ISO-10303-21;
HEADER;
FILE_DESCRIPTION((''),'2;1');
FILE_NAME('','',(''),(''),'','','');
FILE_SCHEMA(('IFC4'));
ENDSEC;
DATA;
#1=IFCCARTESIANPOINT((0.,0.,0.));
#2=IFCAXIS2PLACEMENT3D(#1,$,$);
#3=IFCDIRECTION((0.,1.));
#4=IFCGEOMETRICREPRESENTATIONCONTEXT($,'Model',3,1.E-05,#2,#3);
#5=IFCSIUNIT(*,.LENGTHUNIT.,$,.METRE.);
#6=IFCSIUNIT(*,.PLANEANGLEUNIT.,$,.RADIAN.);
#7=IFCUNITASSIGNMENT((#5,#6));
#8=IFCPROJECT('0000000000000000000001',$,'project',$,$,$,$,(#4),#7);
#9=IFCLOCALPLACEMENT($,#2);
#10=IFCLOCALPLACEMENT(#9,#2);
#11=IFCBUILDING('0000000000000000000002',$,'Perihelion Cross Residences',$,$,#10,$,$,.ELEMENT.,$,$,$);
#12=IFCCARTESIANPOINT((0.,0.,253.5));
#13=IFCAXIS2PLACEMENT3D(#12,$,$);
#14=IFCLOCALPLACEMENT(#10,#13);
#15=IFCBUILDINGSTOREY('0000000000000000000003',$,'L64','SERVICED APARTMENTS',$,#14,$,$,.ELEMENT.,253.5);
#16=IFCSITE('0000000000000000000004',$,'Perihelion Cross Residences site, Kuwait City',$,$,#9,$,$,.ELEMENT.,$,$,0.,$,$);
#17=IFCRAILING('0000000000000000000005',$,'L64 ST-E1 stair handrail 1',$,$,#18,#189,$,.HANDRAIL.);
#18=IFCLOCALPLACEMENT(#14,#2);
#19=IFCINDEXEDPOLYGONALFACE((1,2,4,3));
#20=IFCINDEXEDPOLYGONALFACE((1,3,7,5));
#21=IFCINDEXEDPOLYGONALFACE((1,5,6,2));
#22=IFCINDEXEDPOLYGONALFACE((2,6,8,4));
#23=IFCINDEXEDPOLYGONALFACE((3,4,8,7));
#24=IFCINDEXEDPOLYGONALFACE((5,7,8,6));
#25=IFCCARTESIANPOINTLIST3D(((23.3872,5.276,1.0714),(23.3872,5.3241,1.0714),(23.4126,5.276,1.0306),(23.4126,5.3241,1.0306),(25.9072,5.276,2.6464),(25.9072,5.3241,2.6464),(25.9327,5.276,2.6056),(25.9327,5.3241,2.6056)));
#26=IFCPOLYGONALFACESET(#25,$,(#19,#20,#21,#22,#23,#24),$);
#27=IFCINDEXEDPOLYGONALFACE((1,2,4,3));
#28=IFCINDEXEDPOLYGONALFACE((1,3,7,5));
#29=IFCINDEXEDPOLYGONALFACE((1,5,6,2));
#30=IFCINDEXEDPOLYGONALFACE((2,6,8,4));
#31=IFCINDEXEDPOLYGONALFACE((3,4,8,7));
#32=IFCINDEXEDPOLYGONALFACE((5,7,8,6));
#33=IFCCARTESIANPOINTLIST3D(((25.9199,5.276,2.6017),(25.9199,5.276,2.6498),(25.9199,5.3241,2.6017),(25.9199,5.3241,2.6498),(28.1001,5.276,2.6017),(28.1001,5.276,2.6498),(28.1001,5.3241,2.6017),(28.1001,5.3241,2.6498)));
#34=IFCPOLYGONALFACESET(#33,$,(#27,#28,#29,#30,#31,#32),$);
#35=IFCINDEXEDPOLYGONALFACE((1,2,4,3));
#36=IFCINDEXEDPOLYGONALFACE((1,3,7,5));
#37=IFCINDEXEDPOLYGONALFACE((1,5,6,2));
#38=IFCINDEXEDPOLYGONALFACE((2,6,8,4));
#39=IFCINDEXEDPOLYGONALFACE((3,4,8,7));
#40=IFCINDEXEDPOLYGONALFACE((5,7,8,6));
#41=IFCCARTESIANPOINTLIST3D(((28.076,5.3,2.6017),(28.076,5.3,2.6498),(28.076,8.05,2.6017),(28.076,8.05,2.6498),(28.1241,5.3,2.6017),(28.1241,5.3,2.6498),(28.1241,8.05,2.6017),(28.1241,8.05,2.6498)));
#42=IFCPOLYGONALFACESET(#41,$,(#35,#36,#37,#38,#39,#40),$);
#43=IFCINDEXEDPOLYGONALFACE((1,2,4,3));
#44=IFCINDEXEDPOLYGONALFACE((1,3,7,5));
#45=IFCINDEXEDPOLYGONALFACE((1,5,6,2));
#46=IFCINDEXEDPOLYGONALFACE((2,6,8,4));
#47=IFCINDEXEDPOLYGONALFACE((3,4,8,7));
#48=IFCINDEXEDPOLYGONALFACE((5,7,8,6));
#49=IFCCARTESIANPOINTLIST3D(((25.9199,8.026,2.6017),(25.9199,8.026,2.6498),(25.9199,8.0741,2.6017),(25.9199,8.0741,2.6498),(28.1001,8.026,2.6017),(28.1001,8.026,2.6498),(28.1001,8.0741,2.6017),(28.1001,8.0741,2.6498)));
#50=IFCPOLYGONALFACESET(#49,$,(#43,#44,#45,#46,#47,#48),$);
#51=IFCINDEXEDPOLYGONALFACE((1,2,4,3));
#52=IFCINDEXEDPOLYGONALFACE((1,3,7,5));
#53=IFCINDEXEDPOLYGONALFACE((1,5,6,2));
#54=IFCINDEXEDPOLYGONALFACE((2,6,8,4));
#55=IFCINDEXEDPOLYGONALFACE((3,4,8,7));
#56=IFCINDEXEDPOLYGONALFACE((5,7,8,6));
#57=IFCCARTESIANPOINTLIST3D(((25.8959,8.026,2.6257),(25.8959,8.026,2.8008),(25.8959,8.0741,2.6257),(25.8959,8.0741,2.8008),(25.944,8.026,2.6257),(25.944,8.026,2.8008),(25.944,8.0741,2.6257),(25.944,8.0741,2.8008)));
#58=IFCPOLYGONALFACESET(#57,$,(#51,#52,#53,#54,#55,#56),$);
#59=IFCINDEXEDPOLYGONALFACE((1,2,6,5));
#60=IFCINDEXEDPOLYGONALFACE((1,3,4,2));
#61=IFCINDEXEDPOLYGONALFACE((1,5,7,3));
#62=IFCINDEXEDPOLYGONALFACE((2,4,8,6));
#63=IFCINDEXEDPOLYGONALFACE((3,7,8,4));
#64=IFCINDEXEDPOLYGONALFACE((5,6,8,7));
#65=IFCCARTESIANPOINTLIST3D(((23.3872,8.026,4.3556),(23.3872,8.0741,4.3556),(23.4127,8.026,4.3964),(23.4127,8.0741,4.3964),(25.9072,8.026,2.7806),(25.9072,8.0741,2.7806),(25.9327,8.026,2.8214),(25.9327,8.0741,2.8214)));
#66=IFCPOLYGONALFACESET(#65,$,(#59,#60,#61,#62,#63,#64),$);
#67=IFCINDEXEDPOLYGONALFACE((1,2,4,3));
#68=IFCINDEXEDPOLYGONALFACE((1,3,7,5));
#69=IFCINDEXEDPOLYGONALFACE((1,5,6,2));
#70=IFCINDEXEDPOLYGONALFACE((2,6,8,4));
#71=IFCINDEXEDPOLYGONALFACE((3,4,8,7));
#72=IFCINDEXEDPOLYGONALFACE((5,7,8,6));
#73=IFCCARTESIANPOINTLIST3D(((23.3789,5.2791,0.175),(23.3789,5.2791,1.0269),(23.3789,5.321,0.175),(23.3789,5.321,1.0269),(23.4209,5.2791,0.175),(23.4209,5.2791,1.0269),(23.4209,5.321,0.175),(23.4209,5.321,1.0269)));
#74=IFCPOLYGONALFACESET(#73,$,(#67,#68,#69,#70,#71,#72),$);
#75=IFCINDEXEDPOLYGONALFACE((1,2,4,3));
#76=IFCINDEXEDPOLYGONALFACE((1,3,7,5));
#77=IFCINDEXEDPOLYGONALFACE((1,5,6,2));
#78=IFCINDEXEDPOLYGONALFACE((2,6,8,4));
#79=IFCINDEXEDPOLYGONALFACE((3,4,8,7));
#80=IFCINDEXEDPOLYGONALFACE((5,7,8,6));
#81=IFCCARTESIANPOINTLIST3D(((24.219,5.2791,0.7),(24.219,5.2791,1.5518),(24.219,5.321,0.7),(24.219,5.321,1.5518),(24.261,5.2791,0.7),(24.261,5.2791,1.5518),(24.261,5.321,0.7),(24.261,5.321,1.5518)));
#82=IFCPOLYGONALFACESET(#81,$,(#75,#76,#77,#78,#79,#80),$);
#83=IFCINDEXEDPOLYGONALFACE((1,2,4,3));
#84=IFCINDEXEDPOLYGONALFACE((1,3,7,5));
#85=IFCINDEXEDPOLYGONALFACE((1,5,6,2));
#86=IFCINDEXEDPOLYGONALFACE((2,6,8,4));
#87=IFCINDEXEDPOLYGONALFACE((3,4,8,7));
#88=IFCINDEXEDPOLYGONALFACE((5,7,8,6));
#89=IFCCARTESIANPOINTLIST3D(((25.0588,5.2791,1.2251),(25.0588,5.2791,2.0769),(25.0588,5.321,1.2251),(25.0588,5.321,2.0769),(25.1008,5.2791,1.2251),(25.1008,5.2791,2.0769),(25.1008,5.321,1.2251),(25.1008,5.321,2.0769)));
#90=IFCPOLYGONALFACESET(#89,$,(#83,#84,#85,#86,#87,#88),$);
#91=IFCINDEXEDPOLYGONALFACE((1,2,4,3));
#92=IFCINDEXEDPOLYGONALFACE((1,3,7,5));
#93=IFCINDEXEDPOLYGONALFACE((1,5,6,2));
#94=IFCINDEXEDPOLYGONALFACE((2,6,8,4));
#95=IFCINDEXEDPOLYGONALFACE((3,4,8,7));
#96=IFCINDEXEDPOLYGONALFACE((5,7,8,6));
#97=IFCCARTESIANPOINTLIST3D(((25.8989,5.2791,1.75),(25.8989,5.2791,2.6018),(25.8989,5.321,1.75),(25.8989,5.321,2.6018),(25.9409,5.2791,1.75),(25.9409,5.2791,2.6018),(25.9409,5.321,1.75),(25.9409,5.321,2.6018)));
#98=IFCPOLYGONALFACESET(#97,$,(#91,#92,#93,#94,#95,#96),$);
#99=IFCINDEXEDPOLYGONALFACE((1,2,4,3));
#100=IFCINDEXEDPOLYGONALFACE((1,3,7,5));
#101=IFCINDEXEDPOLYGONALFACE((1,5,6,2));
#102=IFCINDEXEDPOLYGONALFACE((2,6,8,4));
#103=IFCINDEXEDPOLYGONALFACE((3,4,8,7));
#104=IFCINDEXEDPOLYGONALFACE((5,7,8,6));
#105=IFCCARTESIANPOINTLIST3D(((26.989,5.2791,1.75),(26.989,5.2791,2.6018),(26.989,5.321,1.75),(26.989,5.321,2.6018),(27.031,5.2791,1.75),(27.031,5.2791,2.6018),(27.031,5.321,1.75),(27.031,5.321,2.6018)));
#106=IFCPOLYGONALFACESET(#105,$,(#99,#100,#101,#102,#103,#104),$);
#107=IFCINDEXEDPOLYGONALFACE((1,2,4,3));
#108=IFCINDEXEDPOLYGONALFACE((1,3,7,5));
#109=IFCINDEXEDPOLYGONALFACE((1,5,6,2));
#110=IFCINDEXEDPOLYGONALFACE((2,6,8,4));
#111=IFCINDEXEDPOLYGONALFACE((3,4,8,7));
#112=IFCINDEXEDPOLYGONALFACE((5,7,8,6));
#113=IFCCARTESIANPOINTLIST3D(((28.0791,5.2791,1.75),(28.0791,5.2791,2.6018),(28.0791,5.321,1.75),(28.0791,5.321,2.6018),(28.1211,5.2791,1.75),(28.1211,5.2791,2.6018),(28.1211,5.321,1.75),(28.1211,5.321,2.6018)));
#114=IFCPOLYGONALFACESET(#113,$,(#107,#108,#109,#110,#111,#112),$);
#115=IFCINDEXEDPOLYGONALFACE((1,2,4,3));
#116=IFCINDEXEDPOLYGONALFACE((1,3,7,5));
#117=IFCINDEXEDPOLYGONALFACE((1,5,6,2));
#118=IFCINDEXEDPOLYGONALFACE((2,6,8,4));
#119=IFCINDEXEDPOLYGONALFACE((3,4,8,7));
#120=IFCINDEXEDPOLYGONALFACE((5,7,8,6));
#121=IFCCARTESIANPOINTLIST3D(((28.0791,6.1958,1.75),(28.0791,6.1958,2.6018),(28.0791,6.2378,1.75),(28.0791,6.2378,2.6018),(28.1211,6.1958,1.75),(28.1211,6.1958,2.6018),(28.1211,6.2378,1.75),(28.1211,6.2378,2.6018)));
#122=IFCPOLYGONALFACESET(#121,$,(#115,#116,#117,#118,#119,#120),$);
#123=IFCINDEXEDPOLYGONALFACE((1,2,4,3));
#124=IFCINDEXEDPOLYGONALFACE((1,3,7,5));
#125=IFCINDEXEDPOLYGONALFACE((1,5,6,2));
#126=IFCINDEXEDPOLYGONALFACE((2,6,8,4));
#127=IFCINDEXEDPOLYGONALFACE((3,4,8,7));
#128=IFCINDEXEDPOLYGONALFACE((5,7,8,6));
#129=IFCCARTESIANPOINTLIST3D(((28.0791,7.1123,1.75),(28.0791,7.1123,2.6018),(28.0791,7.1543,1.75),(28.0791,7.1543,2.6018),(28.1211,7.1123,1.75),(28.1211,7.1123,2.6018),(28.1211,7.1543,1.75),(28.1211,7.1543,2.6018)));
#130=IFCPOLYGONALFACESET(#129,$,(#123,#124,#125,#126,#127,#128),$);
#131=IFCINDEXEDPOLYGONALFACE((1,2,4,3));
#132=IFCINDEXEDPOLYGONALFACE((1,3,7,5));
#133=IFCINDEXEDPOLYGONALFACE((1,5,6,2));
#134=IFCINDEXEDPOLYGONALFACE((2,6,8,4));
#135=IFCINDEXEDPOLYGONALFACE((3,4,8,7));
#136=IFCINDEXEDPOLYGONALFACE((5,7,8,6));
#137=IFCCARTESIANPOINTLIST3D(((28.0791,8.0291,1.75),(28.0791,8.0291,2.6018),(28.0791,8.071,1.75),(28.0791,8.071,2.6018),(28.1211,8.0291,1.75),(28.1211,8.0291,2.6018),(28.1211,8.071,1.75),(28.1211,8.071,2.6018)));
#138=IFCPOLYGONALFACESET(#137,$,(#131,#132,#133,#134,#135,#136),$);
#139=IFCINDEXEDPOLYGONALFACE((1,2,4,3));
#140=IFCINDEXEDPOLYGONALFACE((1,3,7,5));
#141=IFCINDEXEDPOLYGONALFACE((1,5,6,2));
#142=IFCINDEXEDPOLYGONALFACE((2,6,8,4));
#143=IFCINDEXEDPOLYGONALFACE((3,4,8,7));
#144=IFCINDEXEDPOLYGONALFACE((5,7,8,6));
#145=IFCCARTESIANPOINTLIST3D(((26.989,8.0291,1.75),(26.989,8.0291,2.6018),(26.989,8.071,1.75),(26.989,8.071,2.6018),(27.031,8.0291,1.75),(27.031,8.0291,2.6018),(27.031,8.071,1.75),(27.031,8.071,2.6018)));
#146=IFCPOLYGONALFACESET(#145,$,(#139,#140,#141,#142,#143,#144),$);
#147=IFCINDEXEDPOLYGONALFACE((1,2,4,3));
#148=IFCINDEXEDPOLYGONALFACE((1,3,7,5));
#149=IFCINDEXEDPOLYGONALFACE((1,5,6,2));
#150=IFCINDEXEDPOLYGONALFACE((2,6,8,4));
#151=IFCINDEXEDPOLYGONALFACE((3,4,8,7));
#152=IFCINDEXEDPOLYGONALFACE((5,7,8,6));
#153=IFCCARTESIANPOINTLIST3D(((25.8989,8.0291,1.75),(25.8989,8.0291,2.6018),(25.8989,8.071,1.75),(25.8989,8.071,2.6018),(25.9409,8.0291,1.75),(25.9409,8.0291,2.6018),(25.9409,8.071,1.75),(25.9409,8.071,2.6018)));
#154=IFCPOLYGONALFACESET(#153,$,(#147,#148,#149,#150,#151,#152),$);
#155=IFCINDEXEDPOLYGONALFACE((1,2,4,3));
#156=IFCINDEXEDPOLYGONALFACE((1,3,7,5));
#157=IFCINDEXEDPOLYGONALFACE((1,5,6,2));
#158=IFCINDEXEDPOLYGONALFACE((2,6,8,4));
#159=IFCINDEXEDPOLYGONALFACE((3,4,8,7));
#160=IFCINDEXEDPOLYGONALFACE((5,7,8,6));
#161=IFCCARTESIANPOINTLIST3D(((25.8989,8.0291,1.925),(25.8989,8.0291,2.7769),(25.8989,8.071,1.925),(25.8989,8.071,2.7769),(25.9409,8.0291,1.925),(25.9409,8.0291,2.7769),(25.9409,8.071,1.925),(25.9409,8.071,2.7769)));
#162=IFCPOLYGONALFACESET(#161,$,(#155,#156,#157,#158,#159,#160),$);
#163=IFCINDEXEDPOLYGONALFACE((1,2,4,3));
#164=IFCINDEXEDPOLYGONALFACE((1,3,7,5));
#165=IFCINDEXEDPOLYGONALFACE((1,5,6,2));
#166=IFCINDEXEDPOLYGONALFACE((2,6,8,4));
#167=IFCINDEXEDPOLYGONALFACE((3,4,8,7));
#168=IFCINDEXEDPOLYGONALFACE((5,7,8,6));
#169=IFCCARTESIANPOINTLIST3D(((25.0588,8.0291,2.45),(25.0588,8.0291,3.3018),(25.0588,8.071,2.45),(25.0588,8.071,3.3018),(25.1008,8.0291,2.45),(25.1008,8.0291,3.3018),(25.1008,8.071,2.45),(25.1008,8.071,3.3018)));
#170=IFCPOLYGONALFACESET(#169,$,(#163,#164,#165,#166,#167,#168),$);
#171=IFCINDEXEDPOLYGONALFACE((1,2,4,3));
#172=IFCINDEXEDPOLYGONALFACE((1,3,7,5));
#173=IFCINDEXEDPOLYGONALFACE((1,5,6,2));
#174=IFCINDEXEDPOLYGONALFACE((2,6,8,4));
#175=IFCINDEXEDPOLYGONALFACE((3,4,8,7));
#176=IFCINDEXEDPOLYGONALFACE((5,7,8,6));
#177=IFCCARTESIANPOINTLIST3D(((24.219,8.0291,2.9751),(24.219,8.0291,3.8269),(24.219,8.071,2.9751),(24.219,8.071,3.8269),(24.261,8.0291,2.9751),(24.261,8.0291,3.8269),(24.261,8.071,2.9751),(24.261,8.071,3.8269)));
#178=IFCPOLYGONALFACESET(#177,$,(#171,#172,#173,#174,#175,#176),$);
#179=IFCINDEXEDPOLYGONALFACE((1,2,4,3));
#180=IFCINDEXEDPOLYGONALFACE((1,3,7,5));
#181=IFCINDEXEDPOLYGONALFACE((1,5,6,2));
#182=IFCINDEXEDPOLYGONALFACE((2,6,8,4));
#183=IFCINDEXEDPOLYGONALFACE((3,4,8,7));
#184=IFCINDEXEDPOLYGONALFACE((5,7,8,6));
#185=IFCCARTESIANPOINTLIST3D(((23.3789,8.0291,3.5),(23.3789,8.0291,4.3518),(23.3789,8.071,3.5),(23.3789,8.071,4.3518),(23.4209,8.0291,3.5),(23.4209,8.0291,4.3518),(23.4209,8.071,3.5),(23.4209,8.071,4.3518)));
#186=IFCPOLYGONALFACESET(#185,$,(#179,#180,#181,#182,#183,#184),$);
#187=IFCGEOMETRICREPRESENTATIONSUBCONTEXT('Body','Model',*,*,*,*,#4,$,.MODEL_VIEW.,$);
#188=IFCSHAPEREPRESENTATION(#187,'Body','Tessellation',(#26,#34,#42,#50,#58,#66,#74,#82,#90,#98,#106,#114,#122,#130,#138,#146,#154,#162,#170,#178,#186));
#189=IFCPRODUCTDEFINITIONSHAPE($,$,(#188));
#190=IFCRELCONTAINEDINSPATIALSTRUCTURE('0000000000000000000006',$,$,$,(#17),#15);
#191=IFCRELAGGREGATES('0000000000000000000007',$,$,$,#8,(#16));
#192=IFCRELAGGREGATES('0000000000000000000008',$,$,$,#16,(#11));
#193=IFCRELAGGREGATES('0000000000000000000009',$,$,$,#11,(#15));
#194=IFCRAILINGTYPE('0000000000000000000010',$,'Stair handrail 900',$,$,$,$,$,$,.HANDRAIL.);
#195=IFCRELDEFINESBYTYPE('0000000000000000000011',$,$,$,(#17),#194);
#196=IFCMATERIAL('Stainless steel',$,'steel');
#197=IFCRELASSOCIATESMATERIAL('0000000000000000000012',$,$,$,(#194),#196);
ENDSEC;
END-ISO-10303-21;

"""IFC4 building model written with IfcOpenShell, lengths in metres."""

from ifc_helpers import new_model, si_unit, direction, frame, origin, origin_2d, place, context, subcontext, project, spatial, rectangle, extrude, material, type_object, element, save


model = new_model("IFC4")

# Units and contexts
model_context = context("Model", 3, precision=1e-05, world=origin(), true_north=direction((0.0, 1.0)))
body_context = subcontext(model_context, "Body", "Model", "MODEL_VIEW")
ifc_project = project(units=[si_unit("LENGTHUNIT", "METRE"), si_unit("PLANEANGLEUNIT", "RADIAN")], contexts=[model_context])

# Site, building, storey
site_placement = place(None, origin())
site = spatial("IfcSite", under=ifc_project, at=site_placement, Name="Perihelion Cross Residences site, Kuwait City", CompositionType="ELEMENT", RefElevation=0.0)
building_placement = place(site_placement, origin())
building = spatial("IfcBuilding", under=site, at=building_placement, Name="Perihelion Cross Residences", CompositionType="ELEMENT")
storey_placement = place(building_placement, frame((0.0, 0.0, 253.5)))
storey = spatial("IfcBuildingStorey", under=building, at=storey_placement, Name="L64", Description="SERVICED APARTMENTS", CompositionType="ELEMENT", Elevation=253.5)

# Railing
ifc_material_1 = material(Name="Stainless steel", Category="steel")
railing_type_1 = type_object("IfcRailingType", Name="Stair handrail 900", PredefinedType="HANDRAIL", material=ifc_material_1)
railing_1_placement = place(storey_placement, frame((23.3999, 5.3, 0.175)))
element("IfcRailing", 1, at=railing_1_placement, inside=storey, type_object=railing_type_1, Name="L64 ST-E1 stair handrail 1", PredefinedType="HANDRAIL", context=body_context, shape_type="SweptSolid", body=[
    extrude(rectangle(XDim=0.0481, YDim=0.0481, at=origin_2d()), frame((0.0, 0.0, 0.876), z_axis=(0.848008, 0.0, 0.529984), x_axis=(0.0, 1.0, 0.0)), (0.0, 0.0, 1.0), 2.9717),
    extrude(rectangle(XDim=0.0481, YDim=0.0481, at=origin_2d()), frame((2.52, 0.0, 2.4507), z_axis=(1.0, 0.0, 0.0), x_axis=(0.0, 1.0, 0.0)), (0.0, 0.0, 1.0), 2.1802),
    extrude(rectangle(XDim=0.0481, YDim=0.0481, at=origin_2d()), frame((4.7002, 0.0, 2.4507), z_axis=(0.0, 1.0, 0.0), x_axis=(-1.0, 0.0, 0.0)), (0.0, 0.0, 1.0), 2.75),
    extrude(rectangle(XDim=0.0481, YDim=0.0481, at=origin_2d()), frame((4.7002, 2.75, 2.4507), z_axis=(-1.0, 0.0, 0.0), x_axis=(0.0, -1.0, 0.0)), (0.0, 0.0, 1.0), 2.1802),
    extrude(rectangle(XDim=0.0481, YDim=0.0481, at=origin_2d()), frame((2.52, 2.75, 2.4507), z_axis=(0.0, 0.0, 1.0), x_axis=(1.0, 0.0, 0.0)), (0.0, 0.0, 1.0), 0.175),
    extrude(rectangle(XDim=0.0481, YDim=0.0481, at=origin_2d()), frame((2.52, 2.75, 2.626), z_axis=(-0.848008, 0.0, 0.529984), x_axis=(0.0, -1.0, 0.0)), (0.0, 0.0, 1.0), 2.9717),
    extrude(rectangle(XDim=0.042, YDim=0.042, at=origin_2d()), origin(), (0.0, 0.0, 1.0), 0.8518),
    extrude(rectangle(XDim=0.042, YDim=0.042, at=origin_2d()), frame((0.8401, 0.0, 0.5249)), (0.0, 0.0, 1.0), 0.8518),
    extrude(rectangle(XDim=0.042, YDim=0.042, at=origin_2d()), frame((1.6799, 0.0, 1.05)), (0.0, 0.0, 1.0), 0.8518),
    extrude(rectangle(XDim=0.042, YDim=0.042, at=origin_2d()), frame((2.52, 0.0, 1.575)), (0.0, 0.0, 1.0), 0.8518),
    extrude(rectangle(XDim=0.042, YDim=0.042, at=origin_2d()), frame((3.6101, 0.0, 1.575)), (0.0, 0.0, 1.0), 0.8518),
    extrude(rectangle(XDim=0.042, YDim=0.042, at=origin_2d()), frame((4.7002, 0.0, 1.575)), (0.0, 0.0, 1.0), 0.8518),
    extrude(rectangle(XDim=0.042, YDim=0.042, at=origin_2d()), frame((4.7002, 0.9167, 1.575)), (0.0, 0.0, 1.0), 0.8518),
    extrude(rectangle(XDim=0.042, YDim=0.042, at=origin_2d()), frame((4.7002, 1.8333, 1.575)), (0.0, 0.0, 1.0), 0.8518),
    extrude(rectangle(XDim=0.042, YDim=0.042, at=origin_2d()), frame((4.7002, 2.75, 1.575)), (0.0, 0.0, 1.0), 0.8518),
    extrude(rectangle(XDim=0.042, YDim=0.042, at=origin_2d()), frame((3.6101, 2.75, 1.575)), (0.0, 0.0, 1.0), 0.8518),
    extrude(rectangle(XDim=0.042, YDim=0.042, at=origin_2d()), frame((2.52, 2.75, 1.575)), (0.0, 0.0, 1.0), 0.8518),
    extrude(rectangle(XDim=0.042, YDim=0.042, at=origin_2d()), frame((2.52, 2.75, 1.75)), (0.0, 0.0, 1.0), 0.8518),
    extrude(rectangle(XDim=0.042, YDim=0.042, at=origin_2d()), frame((1.6799, 2.75, 2.2749)), (0.0, 0.0, 1.0), 0.8518),
    extrude(rectangle(XDim=0.042, YDim=0.042, at=origin_2d()), frame((0.8401, 2.75, 2.8)), (0.0, 0.0, 1.0), 0.8518),
    extrude(rectangle(XDim=0.042, YDim=0.042, at=origin_2d()), frame((0.0, 2.75, 3.325)), (0.0, 0.0, 1.0), 0.8518),
])

save(model, "model.ifc")
